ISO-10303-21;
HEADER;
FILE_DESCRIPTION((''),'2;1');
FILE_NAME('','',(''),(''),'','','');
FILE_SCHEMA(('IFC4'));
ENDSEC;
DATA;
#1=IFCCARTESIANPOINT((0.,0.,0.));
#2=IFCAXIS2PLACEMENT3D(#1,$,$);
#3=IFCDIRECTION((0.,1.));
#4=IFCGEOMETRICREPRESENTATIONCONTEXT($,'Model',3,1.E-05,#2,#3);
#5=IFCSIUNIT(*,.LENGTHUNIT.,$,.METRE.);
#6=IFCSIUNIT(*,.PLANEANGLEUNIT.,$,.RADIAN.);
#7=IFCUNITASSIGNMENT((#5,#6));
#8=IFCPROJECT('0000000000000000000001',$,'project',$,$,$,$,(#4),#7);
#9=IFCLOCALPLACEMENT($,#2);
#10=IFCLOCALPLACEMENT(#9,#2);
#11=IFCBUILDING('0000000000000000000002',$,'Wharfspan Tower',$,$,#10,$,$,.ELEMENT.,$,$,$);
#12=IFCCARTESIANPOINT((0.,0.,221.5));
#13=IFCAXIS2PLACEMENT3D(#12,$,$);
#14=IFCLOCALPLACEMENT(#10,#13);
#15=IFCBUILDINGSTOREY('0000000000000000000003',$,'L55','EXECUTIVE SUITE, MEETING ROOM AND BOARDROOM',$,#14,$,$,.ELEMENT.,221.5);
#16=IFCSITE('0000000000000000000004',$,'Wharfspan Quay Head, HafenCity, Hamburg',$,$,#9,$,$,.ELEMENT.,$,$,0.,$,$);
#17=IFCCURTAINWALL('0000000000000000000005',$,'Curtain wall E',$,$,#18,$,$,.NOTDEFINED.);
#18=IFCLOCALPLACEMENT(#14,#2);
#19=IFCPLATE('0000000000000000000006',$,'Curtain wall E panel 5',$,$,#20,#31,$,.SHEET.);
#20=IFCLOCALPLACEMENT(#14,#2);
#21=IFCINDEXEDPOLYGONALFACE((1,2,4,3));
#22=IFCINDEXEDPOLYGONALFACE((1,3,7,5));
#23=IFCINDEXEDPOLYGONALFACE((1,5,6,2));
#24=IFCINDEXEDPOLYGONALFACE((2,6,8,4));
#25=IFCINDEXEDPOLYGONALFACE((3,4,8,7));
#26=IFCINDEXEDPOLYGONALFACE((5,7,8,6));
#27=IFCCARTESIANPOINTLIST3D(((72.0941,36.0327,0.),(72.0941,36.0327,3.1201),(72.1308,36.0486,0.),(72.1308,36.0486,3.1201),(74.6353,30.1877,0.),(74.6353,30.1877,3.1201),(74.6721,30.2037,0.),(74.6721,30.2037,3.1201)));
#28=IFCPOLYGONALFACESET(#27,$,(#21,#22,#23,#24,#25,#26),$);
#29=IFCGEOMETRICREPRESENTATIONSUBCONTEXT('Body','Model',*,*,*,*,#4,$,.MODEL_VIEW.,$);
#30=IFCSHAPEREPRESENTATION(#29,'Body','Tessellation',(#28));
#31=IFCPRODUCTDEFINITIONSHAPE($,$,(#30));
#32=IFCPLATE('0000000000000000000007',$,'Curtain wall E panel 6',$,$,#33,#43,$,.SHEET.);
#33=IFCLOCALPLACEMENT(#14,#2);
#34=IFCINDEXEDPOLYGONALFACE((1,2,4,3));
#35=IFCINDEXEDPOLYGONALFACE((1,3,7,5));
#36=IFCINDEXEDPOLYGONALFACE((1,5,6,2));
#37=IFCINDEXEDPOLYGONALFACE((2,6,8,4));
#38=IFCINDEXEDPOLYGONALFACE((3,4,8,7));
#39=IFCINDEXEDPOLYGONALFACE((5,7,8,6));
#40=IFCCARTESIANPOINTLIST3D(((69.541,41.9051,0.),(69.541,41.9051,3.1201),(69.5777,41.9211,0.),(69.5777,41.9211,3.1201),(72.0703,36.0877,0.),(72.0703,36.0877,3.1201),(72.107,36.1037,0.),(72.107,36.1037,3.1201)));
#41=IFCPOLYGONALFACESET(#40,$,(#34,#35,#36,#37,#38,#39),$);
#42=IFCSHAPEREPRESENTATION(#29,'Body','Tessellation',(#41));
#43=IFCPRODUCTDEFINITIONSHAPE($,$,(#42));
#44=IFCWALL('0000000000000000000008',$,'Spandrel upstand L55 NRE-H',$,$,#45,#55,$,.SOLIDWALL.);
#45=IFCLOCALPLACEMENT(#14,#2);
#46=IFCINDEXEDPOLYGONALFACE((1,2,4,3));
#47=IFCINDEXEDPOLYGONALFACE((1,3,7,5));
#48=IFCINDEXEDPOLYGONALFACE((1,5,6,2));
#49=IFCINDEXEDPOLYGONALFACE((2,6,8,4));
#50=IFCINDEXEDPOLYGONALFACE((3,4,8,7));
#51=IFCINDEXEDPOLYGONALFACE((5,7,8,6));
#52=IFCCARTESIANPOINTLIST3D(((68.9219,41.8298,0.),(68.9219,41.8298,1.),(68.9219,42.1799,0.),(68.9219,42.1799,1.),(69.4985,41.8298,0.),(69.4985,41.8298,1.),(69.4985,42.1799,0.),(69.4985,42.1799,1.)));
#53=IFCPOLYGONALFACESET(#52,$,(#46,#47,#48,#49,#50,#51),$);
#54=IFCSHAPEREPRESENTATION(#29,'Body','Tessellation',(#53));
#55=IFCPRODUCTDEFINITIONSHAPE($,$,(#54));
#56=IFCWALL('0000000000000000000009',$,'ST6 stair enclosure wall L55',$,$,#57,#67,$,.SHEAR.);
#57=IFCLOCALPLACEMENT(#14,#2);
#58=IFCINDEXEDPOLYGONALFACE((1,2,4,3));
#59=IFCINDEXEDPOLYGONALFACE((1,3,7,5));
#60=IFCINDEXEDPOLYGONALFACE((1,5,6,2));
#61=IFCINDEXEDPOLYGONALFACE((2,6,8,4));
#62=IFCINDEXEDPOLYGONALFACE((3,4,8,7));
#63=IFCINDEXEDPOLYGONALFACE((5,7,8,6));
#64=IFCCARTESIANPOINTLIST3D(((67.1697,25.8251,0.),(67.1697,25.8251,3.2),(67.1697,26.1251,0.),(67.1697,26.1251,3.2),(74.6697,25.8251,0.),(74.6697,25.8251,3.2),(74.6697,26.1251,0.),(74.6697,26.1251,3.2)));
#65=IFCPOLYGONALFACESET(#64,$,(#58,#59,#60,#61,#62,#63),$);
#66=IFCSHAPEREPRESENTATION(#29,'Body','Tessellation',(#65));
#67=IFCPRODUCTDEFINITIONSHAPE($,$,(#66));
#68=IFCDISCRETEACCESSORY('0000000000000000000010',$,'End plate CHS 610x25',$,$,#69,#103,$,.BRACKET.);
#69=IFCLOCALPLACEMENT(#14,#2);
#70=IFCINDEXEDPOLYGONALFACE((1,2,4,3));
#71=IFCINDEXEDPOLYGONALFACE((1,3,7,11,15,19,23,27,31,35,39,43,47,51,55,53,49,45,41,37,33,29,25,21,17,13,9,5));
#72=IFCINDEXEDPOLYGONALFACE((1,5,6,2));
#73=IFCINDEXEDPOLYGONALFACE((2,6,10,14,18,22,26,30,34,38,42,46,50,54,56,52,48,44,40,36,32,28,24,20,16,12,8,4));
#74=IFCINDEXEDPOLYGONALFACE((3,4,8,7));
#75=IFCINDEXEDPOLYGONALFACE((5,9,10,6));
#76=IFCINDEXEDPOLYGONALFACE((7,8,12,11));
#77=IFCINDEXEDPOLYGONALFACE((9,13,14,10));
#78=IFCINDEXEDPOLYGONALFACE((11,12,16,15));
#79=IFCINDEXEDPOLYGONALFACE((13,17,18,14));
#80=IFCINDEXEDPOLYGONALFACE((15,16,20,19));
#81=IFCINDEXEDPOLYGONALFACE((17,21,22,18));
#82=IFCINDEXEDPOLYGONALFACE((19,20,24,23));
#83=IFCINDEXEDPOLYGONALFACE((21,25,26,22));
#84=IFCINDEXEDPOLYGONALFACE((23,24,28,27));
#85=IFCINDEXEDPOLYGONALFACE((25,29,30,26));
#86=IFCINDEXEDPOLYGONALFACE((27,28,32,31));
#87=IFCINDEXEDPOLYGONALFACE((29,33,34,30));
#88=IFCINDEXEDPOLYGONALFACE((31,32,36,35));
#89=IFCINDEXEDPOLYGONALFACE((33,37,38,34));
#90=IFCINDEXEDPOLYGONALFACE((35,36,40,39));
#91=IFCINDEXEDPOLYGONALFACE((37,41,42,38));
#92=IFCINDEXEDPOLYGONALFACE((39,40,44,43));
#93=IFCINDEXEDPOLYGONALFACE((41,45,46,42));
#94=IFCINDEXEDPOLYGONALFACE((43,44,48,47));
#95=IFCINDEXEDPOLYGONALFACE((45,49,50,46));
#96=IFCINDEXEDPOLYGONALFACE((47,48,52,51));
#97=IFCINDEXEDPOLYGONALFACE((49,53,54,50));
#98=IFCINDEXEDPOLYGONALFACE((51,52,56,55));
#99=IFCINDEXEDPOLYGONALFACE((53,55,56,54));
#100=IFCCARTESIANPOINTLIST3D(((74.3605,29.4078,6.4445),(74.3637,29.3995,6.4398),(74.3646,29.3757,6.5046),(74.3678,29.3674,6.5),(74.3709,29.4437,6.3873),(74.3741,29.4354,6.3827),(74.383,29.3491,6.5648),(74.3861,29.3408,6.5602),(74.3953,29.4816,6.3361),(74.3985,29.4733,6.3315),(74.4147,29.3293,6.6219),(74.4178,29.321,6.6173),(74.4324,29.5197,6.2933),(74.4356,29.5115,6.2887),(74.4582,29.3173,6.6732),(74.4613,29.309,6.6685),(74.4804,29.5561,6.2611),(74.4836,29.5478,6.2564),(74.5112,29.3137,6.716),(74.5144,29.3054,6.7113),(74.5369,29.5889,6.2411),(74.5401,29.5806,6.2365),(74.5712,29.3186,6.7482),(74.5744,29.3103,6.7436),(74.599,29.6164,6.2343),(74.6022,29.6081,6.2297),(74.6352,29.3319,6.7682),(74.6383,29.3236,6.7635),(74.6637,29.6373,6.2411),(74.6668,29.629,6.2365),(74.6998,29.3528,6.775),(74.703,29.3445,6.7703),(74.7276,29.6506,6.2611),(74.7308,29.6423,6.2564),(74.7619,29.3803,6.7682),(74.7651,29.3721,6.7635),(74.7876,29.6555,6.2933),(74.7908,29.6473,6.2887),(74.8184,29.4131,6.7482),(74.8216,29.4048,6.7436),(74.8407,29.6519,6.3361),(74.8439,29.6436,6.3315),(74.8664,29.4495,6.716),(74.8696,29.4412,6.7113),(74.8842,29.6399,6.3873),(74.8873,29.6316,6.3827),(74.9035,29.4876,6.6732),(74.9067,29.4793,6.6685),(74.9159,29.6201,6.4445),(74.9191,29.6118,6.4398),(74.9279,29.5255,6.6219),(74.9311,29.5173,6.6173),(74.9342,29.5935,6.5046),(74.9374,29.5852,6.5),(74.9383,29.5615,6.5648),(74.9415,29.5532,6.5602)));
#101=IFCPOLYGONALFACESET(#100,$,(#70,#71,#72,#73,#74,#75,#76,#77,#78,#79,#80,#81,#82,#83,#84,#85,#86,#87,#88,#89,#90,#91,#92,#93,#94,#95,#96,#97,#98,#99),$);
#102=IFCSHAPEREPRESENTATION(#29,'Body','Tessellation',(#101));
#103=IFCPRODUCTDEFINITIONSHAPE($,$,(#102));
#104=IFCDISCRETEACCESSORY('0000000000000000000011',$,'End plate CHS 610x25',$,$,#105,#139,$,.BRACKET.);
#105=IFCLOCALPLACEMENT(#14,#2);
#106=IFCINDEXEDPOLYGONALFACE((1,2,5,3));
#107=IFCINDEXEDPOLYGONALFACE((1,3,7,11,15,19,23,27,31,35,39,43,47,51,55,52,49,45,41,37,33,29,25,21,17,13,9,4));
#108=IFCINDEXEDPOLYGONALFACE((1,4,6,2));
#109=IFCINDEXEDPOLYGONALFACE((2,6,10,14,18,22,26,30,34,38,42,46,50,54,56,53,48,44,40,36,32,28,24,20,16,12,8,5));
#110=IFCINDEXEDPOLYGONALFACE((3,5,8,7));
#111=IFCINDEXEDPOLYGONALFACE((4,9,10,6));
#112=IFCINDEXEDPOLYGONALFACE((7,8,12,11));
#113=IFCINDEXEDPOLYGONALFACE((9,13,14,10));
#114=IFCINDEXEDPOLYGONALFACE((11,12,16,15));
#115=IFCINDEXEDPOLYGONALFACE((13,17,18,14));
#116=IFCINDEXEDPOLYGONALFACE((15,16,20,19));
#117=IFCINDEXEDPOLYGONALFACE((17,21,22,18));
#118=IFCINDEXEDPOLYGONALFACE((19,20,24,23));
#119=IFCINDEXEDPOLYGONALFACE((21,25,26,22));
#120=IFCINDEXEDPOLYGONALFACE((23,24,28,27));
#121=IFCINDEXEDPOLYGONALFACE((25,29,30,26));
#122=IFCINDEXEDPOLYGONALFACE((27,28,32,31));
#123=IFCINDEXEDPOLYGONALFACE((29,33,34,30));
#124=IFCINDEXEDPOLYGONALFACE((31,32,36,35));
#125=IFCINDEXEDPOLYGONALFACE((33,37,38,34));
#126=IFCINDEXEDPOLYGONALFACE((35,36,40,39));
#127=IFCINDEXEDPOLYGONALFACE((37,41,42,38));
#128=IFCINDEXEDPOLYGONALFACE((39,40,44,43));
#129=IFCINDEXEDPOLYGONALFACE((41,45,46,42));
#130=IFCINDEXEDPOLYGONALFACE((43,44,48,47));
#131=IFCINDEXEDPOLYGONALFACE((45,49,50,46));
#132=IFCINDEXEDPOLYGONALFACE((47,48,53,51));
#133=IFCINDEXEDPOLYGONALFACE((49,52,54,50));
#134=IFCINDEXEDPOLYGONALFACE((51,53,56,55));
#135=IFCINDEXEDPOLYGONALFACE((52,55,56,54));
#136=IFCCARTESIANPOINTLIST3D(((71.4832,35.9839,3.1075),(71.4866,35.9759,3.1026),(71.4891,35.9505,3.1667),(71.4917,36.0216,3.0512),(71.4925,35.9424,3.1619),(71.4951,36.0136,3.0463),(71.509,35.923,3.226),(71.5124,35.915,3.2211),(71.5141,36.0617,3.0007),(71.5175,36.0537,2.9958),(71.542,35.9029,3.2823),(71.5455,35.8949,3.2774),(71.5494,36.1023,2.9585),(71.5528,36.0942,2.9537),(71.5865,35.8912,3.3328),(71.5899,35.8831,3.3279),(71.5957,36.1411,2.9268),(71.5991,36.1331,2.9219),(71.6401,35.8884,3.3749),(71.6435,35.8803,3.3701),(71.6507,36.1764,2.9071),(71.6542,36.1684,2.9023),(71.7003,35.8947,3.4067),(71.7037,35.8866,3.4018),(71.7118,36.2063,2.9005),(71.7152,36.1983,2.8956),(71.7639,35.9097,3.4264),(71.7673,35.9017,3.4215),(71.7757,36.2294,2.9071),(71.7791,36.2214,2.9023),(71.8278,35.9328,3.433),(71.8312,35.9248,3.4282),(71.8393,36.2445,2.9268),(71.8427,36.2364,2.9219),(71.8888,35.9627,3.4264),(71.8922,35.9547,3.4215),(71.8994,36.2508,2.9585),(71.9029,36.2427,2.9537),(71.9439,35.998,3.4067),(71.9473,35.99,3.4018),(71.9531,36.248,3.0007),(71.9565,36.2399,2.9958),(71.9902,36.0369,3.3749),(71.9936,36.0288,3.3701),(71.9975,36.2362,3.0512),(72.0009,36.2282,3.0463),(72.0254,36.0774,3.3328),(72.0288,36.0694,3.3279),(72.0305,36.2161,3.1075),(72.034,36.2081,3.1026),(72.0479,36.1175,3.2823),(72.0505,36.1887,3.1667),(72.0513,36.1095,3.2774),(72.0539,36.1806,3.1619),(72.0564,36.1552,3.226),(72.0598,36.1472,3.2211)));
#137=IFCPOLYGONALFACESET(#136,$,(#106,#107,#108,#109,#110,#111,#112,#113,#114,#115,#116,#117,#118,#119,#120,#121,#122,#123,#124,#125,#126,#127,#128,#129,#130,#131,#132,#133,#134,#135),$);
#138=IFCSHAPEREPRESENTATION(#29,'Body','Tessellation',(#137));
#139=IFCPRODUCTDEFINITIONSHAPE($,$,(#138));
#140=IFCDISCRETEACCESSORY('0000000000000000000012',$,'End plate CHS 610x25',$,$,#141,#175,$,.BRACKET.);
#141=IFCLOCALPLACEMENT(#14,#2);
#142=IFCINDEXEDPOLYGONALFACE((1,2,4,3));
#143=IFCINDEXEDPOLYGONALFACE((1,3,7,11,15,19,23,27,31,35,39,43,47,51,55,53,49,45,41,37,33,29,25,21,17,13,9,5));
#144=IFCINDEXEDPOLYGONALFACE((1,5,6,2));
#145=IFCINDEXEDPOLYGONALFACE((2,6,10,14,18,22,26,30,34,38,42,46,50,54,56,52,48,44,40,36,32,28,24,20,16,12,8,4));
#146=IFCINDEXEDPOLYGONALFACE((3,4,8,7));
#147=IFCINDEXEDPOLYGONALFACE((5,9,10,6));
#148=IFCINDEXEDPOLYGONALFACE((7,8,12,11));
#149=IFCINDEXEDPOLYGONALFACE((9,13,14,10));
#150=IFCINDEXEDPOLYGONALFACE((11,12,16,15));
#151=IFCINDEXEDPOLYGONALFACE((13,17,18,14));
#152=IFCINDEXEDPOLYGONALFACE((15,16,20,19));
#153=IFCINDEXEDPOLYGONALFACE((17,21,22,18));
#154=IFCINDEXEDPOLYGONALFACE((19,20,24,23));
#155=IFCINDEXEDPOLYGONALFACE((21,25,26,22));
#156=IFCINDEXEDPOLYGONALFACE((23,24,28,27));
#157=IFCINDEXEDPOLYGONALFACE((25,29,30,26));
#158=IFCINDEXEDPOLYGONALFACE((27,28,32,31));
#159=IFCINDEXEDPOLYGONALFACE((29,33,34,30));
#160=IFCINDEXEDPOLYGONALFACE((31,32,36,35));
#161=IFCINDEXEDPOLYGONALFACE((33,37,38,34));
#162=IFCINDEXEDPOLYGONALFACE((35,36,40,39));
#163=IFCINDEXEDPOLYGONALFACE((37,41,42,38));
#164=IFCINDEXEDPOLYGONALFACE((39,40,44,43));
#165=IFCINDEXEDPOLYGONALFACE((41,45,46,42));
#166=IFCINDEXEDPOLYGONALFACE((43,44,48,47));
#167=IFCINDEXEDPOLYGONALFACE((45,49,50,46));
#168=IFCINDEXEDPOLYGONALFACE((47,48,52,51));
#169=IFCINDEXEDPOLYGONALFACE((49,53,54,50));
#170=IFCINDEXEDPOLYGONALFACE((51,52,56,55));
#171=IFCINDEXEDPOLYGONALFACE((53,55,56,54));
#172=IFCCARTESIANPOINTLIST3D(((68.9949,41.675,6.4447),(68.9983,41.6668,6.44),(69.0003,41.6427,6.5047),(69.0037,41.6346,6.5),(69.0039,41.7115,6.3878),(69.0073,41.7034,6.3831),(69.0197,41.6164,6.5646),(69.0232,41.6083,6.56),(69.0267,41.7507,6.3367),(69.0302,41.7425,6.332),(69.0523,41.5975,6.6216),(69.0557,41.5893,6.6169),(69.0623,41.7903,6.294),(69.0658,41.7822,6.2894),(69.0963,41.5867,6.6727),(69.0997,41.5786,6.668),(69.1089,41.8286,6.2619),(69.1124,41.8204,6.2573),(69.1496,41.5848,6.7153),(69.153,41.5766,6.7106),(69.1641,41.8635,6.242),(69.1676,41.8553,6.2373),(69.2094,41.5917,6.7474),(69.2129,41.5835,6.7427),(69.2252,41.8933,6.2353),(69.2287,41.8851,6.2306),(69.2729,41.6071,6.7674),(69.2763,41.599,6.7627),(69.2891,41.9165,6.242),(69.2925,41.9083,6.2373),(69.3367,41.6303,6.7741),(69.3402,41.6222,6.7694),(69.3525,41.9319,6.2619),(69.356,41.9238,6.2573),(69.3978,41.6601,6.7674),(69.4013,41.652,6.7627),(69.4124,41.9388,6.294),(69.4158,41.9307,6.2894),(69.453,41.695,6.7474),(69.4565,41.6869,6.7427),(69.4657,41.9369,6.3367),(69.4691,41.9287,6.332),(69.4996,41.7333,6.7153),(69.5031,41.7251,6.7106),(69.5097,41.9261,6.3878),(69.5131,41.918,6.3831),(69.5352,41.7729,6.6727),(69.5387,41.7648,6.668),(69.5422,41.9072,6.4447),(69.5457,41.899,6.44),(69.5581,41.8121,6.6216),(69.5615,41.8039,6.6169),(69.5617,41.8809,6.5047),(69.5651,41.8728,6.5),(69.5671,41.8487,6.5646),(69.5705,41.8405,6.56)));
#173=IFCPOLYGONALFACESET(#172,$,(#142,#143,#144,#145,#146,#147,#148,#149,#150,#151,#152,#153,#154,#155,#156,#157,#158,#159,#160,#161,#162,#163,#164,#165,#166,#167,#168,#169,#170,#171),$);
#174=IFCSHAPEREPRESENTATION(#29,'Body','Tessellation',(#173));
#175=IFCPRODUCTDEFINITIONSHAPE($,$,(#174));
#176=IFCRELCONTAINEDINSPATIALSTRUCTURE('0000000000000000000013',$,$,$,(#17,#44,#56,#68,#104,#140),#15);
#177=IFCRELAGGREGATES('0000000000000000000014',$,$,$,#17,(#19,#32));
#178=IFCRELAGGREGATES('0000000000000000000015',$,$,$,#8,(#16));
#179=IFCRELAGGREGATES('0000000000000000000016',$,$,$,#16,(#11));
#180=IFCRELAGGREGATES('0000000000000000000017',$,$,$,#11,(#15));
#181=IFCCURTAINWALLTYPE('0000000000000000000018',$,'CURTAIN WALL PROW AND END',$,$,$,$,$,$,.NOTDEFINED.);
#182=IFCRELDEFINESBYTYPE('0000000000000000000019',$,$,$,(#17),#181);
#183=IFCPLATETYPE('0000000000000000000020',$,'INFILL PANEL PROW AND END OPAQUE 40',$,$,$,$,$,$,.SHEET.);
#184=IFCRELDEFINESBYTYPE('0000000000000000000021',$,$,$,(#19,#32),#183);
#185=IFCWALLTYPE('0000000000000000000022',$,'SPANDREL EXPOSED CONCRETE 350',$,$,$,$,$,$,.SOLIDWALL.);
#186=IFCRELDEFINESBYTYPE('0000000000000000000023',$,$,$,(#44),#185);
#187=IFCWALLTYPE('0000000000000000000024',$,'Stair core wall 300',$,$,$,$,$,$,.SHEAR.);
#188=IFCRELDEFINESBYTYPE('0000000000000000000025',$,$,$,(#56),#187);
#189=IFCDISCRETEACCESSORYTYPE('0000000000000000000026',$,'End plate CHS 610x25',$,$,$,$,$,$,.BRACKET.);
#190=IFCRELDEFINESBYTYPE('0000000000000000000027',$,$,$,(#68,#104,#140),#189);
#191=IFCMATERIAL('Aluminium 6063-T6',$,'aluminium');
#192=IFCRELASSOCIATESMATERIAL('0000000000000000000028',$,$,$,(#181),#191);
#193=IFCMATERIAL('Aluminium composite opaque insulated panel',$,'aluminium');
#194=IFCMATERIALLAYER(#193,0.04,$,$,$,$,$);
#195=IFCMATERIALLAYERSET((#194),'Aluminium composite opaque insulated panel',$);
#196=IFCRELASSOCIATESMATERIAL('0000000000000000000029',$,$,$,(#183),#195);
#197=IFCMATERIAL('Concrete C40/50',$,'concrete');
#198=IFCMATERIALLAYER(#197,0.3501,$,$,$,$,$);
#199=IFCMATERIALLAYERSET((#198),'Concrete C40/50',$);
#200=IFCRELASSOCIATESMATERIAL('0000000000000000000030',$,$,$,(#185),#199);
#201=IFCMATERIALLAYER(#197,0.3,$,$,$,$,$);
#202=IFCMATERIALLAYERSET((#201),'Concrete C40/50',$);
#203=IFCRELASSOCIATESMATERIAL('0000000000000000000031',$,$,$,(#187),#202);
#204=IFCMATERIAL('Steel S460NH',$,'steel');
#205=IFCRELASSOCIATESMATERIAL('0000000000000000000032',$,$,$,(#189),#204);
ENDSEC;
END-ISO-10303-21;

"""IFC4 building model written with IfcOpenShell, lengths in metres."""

from ifc_helpers import new_model, si_unit, direction, frame, frame_2d, origin, origin_2d, place, context, subcontext, project, spatial, rectangle, circle, extrude, material, layer, layer_set, material_profile, profile_set, type_object, element, aggregate, save


model = new_model("IFC4")

# Units and contexts
model_context = context("Model", 3, precision=1e-05, world=origin(), true_north=direction((0.0, 1.0)))
body_context = subcontext(model_context, "Body", "Model", "MODEL_VIEW")
ifc_project = project(units=[si_unit("LENGTHUNIT", "METRE"), si_unit("PLANEANGLEUNIT", "RADIAN")], contexts=[model_context])

# Site, building, storey
site_placement = place(None, origin())
site = spatial("IfcSite", under=ifc_project, at=site_placement, Name="Wharfspan Quay Head, HafenCity, Hamburg", CompositionType="ELEMENT", RefElevation=0.0)
building_placement = place(site_placement, origin())
building = spatial("IfcBuilding", under=site, at=building_placement, Name="Wharfspan Tower", CompositionType="ELEMENT")
storey_placement = place(building_placement, frame((0.0, 0.0, 221.5)))
storey = spatial("IfcBuildingStorey", under=building, at=storey_placement, Name="L55", Description="EXECUTIVE SUITE, MEETING ROOM AND BOARDROOM", CompositionType="ELEMENT", Elevation=221.5)

# Curtain wall
ifc_material_1 = material(Name="Aluminium 6063-T6", Category="aluminium")
curtain_wall_type = type_object("IfcCurtainWallType", Name="CURTAIN WALL PROW AND END", PredefinedType="NOTDEFINED", material=ifc_material_1)
curtain_wall_1_placement = place(storey_placement, origin())
curtain_wall_1 = element("IfcCurtainWall", 1, at=curtain_wall_1_placement, inside=storey, type_object=curtain_wall_type, Name="Curtain wall E", PredefinedType="NOTDEFINED")

# Shared definitions
ifc_material_2 = material(Name="Steel S460NH", Category="steel")

# Plates
ifc_material_3 = material(Name="Aluminium composite opaque insulated panel", Category="aluminium")
ifc_layer_1 = layer(ifc_material_3, 0.04)
ifc_layer_set_1 = layer_set([ifc_layer_1], Name="Aluminium composite opaque insulated panel")
plate_type = type_object("IfcPlateType", Name="INFILL PANEL PROW AND END OPAQUE 40", PredefinedType="SHEET", material=ifc_layer_set_1)
plate_1_placement = place(storey_placement, frame((73.3831, 33.1182, 0.0), z_axis=(0.0, 0.0, 1.0), x_axis=(-0.398727, 0.917072, 0.0)))
plate_1 = element("IfcPlate", 2, at=plate_1_placement, type_object=plate_type, Name="Curtain wall E panel 5", PredefinedType="SHEET", context=body_context, shape_type="SweptSolid", body=[
    extrude(rectangle(XDim=6.3735, YDim=0.04, at=origin_2d()), origin(), (0.0, 0.0, 1.0), 3.1201),
])
plate_2_placement = place(storey_placement, frame((70.824, 39.0044, 0.0), z_axis=(0.0, 0.0, 1.0), x_axis=(-0.398727, 0.917072, 0.0)))
plate_2 = element("IfcPlate", 3, at=plate_2_placement, type_object=plate_type, Name="Curtain wall E panel 6", PredefinedType="SHEET", context=body_context, shape_type="SweptSolid", body=[
    extrude(rectangle(XDim=6.3435, YDim=0.04, at=origin_2d()), origin(), (0.0, 0.0, 1.0), 3.1201),
])
aggregate(curtain_wall_1, [plate_1, plate_2])

# Walls
ifc_material_4 = material(Name="Concrete C40/50", Category="concrete")
ifc_layer_2 = layer(ifc_material_4, 0.3501)
ifc_layer_set_2 = layer_set([ifc_layer_2], Name="Concrete C40/50")
wall_type_1 = type_object("IfcWallType", Name="SPANDREL EXPOSED CONCRETE 350", PredefinedType="SOLIDWALL", material=ifc_layer_set_2)
wall_1_placement = place(storey_placement, frame((69.4985, 42.0049, 0.0), z_axis=(0.0, 0.0, 1.0), x_axis=(-1.0, 0.0, 0.0)))
element("IfcWall", 4, at=wall_1_placement, inside=storey, type_object=wall_type_1, Name="Spandrel upstand L55 NRE-H", PredefinedType="SOLIDWALL", context=body_context, shape_type="SweptSolid", body=[
    extrude(rectangle(XDim=0.5767, YDim=0.3501, at=frame_2d((0.2883, 0.0))), origin(), (0.0, 0.0, 1.0), 1.0),
])
ifc_layer_3 = layer(ifc_material_4, 0.3)
ifc_layer_set_3 = layer_set([ifc_layer_3], Name="Concrete C40/50")
wall_type_2 = type_object("IfcWallType", Name="Stair core wall 300", PredefinedType="SHEAR", material=ifc_layer_set_3)
wall_2_placement = place(storey_placement, frame((67.1697, 25.9751, 0.0), z_axis=(0.0, 0.0, 1.0), x_axis=(1.0, 0.0, 0.0)))
element("IfcWall", 5, at=wall_2_placement, inside=storey, type_object=wall_type_2, Name="ST6 stair enclosure wall L55", PredefinedType="SHEAR", context=body_context, shape_type="SweptSolid", body=[
    extrude(rectangle(XDim=7.5, YDim=0.3, at=frame_2d((3.75, 0.0))), origin(), (0.0, 0.0, 1.0), 3.2),
])

# Discrete accessories
ifc_material_profile_1 = material_profile(ifc_material_2, circle(Radius=0.3049, at=origin_2d()))
ifc_profile_set_1 = profile_set([ifc_material_profile_1], Name="Steel S460NH")
discrete_accessory_type = type_object("IfcDiscreteAccessoryType", Name="End plate CHS 610x25", PredefinedType="BRACKET", material=ifc_profile_set_1)
for number, where, z_axis, x_axis, name in (
    (6, (74.6526, 29.4763, 6.5), (-0.316603, 0.828038, 0.462727), (-0.934054, -0.357138, -0.000001), "End plate CHS 610x25"),
    (7, (71.7732, 36.0615, 3.1619), (-0.341058, 0.803922, 0.487226), (-0.920584, -0.390551, 0.0), "End plate CHS 610x25"),
    (8, (69.2844, 41.7537, 6.5), (-0.345075, 0.81339, 0.468316), (-0.920586, -0.390551, -0.000002), "End plate CHS 610x25"),
):
    element("IfcDiscreteAccessory", number, at=place(storey_placement, frame(where, z_axis=z_axis, x_axis=x_axis)), inside=storey, type_object=discrete_accessory_type, Name=name, PredefinedType="BRACKET", context=body_context, shape_type="SweptSolid", body=[
        extrude(circle(Radius=0.3049, at=origin_2d()), origin(), (0.0, 0.0, 1.0), 0.01),
    ])

save(model, "model.ifc")
